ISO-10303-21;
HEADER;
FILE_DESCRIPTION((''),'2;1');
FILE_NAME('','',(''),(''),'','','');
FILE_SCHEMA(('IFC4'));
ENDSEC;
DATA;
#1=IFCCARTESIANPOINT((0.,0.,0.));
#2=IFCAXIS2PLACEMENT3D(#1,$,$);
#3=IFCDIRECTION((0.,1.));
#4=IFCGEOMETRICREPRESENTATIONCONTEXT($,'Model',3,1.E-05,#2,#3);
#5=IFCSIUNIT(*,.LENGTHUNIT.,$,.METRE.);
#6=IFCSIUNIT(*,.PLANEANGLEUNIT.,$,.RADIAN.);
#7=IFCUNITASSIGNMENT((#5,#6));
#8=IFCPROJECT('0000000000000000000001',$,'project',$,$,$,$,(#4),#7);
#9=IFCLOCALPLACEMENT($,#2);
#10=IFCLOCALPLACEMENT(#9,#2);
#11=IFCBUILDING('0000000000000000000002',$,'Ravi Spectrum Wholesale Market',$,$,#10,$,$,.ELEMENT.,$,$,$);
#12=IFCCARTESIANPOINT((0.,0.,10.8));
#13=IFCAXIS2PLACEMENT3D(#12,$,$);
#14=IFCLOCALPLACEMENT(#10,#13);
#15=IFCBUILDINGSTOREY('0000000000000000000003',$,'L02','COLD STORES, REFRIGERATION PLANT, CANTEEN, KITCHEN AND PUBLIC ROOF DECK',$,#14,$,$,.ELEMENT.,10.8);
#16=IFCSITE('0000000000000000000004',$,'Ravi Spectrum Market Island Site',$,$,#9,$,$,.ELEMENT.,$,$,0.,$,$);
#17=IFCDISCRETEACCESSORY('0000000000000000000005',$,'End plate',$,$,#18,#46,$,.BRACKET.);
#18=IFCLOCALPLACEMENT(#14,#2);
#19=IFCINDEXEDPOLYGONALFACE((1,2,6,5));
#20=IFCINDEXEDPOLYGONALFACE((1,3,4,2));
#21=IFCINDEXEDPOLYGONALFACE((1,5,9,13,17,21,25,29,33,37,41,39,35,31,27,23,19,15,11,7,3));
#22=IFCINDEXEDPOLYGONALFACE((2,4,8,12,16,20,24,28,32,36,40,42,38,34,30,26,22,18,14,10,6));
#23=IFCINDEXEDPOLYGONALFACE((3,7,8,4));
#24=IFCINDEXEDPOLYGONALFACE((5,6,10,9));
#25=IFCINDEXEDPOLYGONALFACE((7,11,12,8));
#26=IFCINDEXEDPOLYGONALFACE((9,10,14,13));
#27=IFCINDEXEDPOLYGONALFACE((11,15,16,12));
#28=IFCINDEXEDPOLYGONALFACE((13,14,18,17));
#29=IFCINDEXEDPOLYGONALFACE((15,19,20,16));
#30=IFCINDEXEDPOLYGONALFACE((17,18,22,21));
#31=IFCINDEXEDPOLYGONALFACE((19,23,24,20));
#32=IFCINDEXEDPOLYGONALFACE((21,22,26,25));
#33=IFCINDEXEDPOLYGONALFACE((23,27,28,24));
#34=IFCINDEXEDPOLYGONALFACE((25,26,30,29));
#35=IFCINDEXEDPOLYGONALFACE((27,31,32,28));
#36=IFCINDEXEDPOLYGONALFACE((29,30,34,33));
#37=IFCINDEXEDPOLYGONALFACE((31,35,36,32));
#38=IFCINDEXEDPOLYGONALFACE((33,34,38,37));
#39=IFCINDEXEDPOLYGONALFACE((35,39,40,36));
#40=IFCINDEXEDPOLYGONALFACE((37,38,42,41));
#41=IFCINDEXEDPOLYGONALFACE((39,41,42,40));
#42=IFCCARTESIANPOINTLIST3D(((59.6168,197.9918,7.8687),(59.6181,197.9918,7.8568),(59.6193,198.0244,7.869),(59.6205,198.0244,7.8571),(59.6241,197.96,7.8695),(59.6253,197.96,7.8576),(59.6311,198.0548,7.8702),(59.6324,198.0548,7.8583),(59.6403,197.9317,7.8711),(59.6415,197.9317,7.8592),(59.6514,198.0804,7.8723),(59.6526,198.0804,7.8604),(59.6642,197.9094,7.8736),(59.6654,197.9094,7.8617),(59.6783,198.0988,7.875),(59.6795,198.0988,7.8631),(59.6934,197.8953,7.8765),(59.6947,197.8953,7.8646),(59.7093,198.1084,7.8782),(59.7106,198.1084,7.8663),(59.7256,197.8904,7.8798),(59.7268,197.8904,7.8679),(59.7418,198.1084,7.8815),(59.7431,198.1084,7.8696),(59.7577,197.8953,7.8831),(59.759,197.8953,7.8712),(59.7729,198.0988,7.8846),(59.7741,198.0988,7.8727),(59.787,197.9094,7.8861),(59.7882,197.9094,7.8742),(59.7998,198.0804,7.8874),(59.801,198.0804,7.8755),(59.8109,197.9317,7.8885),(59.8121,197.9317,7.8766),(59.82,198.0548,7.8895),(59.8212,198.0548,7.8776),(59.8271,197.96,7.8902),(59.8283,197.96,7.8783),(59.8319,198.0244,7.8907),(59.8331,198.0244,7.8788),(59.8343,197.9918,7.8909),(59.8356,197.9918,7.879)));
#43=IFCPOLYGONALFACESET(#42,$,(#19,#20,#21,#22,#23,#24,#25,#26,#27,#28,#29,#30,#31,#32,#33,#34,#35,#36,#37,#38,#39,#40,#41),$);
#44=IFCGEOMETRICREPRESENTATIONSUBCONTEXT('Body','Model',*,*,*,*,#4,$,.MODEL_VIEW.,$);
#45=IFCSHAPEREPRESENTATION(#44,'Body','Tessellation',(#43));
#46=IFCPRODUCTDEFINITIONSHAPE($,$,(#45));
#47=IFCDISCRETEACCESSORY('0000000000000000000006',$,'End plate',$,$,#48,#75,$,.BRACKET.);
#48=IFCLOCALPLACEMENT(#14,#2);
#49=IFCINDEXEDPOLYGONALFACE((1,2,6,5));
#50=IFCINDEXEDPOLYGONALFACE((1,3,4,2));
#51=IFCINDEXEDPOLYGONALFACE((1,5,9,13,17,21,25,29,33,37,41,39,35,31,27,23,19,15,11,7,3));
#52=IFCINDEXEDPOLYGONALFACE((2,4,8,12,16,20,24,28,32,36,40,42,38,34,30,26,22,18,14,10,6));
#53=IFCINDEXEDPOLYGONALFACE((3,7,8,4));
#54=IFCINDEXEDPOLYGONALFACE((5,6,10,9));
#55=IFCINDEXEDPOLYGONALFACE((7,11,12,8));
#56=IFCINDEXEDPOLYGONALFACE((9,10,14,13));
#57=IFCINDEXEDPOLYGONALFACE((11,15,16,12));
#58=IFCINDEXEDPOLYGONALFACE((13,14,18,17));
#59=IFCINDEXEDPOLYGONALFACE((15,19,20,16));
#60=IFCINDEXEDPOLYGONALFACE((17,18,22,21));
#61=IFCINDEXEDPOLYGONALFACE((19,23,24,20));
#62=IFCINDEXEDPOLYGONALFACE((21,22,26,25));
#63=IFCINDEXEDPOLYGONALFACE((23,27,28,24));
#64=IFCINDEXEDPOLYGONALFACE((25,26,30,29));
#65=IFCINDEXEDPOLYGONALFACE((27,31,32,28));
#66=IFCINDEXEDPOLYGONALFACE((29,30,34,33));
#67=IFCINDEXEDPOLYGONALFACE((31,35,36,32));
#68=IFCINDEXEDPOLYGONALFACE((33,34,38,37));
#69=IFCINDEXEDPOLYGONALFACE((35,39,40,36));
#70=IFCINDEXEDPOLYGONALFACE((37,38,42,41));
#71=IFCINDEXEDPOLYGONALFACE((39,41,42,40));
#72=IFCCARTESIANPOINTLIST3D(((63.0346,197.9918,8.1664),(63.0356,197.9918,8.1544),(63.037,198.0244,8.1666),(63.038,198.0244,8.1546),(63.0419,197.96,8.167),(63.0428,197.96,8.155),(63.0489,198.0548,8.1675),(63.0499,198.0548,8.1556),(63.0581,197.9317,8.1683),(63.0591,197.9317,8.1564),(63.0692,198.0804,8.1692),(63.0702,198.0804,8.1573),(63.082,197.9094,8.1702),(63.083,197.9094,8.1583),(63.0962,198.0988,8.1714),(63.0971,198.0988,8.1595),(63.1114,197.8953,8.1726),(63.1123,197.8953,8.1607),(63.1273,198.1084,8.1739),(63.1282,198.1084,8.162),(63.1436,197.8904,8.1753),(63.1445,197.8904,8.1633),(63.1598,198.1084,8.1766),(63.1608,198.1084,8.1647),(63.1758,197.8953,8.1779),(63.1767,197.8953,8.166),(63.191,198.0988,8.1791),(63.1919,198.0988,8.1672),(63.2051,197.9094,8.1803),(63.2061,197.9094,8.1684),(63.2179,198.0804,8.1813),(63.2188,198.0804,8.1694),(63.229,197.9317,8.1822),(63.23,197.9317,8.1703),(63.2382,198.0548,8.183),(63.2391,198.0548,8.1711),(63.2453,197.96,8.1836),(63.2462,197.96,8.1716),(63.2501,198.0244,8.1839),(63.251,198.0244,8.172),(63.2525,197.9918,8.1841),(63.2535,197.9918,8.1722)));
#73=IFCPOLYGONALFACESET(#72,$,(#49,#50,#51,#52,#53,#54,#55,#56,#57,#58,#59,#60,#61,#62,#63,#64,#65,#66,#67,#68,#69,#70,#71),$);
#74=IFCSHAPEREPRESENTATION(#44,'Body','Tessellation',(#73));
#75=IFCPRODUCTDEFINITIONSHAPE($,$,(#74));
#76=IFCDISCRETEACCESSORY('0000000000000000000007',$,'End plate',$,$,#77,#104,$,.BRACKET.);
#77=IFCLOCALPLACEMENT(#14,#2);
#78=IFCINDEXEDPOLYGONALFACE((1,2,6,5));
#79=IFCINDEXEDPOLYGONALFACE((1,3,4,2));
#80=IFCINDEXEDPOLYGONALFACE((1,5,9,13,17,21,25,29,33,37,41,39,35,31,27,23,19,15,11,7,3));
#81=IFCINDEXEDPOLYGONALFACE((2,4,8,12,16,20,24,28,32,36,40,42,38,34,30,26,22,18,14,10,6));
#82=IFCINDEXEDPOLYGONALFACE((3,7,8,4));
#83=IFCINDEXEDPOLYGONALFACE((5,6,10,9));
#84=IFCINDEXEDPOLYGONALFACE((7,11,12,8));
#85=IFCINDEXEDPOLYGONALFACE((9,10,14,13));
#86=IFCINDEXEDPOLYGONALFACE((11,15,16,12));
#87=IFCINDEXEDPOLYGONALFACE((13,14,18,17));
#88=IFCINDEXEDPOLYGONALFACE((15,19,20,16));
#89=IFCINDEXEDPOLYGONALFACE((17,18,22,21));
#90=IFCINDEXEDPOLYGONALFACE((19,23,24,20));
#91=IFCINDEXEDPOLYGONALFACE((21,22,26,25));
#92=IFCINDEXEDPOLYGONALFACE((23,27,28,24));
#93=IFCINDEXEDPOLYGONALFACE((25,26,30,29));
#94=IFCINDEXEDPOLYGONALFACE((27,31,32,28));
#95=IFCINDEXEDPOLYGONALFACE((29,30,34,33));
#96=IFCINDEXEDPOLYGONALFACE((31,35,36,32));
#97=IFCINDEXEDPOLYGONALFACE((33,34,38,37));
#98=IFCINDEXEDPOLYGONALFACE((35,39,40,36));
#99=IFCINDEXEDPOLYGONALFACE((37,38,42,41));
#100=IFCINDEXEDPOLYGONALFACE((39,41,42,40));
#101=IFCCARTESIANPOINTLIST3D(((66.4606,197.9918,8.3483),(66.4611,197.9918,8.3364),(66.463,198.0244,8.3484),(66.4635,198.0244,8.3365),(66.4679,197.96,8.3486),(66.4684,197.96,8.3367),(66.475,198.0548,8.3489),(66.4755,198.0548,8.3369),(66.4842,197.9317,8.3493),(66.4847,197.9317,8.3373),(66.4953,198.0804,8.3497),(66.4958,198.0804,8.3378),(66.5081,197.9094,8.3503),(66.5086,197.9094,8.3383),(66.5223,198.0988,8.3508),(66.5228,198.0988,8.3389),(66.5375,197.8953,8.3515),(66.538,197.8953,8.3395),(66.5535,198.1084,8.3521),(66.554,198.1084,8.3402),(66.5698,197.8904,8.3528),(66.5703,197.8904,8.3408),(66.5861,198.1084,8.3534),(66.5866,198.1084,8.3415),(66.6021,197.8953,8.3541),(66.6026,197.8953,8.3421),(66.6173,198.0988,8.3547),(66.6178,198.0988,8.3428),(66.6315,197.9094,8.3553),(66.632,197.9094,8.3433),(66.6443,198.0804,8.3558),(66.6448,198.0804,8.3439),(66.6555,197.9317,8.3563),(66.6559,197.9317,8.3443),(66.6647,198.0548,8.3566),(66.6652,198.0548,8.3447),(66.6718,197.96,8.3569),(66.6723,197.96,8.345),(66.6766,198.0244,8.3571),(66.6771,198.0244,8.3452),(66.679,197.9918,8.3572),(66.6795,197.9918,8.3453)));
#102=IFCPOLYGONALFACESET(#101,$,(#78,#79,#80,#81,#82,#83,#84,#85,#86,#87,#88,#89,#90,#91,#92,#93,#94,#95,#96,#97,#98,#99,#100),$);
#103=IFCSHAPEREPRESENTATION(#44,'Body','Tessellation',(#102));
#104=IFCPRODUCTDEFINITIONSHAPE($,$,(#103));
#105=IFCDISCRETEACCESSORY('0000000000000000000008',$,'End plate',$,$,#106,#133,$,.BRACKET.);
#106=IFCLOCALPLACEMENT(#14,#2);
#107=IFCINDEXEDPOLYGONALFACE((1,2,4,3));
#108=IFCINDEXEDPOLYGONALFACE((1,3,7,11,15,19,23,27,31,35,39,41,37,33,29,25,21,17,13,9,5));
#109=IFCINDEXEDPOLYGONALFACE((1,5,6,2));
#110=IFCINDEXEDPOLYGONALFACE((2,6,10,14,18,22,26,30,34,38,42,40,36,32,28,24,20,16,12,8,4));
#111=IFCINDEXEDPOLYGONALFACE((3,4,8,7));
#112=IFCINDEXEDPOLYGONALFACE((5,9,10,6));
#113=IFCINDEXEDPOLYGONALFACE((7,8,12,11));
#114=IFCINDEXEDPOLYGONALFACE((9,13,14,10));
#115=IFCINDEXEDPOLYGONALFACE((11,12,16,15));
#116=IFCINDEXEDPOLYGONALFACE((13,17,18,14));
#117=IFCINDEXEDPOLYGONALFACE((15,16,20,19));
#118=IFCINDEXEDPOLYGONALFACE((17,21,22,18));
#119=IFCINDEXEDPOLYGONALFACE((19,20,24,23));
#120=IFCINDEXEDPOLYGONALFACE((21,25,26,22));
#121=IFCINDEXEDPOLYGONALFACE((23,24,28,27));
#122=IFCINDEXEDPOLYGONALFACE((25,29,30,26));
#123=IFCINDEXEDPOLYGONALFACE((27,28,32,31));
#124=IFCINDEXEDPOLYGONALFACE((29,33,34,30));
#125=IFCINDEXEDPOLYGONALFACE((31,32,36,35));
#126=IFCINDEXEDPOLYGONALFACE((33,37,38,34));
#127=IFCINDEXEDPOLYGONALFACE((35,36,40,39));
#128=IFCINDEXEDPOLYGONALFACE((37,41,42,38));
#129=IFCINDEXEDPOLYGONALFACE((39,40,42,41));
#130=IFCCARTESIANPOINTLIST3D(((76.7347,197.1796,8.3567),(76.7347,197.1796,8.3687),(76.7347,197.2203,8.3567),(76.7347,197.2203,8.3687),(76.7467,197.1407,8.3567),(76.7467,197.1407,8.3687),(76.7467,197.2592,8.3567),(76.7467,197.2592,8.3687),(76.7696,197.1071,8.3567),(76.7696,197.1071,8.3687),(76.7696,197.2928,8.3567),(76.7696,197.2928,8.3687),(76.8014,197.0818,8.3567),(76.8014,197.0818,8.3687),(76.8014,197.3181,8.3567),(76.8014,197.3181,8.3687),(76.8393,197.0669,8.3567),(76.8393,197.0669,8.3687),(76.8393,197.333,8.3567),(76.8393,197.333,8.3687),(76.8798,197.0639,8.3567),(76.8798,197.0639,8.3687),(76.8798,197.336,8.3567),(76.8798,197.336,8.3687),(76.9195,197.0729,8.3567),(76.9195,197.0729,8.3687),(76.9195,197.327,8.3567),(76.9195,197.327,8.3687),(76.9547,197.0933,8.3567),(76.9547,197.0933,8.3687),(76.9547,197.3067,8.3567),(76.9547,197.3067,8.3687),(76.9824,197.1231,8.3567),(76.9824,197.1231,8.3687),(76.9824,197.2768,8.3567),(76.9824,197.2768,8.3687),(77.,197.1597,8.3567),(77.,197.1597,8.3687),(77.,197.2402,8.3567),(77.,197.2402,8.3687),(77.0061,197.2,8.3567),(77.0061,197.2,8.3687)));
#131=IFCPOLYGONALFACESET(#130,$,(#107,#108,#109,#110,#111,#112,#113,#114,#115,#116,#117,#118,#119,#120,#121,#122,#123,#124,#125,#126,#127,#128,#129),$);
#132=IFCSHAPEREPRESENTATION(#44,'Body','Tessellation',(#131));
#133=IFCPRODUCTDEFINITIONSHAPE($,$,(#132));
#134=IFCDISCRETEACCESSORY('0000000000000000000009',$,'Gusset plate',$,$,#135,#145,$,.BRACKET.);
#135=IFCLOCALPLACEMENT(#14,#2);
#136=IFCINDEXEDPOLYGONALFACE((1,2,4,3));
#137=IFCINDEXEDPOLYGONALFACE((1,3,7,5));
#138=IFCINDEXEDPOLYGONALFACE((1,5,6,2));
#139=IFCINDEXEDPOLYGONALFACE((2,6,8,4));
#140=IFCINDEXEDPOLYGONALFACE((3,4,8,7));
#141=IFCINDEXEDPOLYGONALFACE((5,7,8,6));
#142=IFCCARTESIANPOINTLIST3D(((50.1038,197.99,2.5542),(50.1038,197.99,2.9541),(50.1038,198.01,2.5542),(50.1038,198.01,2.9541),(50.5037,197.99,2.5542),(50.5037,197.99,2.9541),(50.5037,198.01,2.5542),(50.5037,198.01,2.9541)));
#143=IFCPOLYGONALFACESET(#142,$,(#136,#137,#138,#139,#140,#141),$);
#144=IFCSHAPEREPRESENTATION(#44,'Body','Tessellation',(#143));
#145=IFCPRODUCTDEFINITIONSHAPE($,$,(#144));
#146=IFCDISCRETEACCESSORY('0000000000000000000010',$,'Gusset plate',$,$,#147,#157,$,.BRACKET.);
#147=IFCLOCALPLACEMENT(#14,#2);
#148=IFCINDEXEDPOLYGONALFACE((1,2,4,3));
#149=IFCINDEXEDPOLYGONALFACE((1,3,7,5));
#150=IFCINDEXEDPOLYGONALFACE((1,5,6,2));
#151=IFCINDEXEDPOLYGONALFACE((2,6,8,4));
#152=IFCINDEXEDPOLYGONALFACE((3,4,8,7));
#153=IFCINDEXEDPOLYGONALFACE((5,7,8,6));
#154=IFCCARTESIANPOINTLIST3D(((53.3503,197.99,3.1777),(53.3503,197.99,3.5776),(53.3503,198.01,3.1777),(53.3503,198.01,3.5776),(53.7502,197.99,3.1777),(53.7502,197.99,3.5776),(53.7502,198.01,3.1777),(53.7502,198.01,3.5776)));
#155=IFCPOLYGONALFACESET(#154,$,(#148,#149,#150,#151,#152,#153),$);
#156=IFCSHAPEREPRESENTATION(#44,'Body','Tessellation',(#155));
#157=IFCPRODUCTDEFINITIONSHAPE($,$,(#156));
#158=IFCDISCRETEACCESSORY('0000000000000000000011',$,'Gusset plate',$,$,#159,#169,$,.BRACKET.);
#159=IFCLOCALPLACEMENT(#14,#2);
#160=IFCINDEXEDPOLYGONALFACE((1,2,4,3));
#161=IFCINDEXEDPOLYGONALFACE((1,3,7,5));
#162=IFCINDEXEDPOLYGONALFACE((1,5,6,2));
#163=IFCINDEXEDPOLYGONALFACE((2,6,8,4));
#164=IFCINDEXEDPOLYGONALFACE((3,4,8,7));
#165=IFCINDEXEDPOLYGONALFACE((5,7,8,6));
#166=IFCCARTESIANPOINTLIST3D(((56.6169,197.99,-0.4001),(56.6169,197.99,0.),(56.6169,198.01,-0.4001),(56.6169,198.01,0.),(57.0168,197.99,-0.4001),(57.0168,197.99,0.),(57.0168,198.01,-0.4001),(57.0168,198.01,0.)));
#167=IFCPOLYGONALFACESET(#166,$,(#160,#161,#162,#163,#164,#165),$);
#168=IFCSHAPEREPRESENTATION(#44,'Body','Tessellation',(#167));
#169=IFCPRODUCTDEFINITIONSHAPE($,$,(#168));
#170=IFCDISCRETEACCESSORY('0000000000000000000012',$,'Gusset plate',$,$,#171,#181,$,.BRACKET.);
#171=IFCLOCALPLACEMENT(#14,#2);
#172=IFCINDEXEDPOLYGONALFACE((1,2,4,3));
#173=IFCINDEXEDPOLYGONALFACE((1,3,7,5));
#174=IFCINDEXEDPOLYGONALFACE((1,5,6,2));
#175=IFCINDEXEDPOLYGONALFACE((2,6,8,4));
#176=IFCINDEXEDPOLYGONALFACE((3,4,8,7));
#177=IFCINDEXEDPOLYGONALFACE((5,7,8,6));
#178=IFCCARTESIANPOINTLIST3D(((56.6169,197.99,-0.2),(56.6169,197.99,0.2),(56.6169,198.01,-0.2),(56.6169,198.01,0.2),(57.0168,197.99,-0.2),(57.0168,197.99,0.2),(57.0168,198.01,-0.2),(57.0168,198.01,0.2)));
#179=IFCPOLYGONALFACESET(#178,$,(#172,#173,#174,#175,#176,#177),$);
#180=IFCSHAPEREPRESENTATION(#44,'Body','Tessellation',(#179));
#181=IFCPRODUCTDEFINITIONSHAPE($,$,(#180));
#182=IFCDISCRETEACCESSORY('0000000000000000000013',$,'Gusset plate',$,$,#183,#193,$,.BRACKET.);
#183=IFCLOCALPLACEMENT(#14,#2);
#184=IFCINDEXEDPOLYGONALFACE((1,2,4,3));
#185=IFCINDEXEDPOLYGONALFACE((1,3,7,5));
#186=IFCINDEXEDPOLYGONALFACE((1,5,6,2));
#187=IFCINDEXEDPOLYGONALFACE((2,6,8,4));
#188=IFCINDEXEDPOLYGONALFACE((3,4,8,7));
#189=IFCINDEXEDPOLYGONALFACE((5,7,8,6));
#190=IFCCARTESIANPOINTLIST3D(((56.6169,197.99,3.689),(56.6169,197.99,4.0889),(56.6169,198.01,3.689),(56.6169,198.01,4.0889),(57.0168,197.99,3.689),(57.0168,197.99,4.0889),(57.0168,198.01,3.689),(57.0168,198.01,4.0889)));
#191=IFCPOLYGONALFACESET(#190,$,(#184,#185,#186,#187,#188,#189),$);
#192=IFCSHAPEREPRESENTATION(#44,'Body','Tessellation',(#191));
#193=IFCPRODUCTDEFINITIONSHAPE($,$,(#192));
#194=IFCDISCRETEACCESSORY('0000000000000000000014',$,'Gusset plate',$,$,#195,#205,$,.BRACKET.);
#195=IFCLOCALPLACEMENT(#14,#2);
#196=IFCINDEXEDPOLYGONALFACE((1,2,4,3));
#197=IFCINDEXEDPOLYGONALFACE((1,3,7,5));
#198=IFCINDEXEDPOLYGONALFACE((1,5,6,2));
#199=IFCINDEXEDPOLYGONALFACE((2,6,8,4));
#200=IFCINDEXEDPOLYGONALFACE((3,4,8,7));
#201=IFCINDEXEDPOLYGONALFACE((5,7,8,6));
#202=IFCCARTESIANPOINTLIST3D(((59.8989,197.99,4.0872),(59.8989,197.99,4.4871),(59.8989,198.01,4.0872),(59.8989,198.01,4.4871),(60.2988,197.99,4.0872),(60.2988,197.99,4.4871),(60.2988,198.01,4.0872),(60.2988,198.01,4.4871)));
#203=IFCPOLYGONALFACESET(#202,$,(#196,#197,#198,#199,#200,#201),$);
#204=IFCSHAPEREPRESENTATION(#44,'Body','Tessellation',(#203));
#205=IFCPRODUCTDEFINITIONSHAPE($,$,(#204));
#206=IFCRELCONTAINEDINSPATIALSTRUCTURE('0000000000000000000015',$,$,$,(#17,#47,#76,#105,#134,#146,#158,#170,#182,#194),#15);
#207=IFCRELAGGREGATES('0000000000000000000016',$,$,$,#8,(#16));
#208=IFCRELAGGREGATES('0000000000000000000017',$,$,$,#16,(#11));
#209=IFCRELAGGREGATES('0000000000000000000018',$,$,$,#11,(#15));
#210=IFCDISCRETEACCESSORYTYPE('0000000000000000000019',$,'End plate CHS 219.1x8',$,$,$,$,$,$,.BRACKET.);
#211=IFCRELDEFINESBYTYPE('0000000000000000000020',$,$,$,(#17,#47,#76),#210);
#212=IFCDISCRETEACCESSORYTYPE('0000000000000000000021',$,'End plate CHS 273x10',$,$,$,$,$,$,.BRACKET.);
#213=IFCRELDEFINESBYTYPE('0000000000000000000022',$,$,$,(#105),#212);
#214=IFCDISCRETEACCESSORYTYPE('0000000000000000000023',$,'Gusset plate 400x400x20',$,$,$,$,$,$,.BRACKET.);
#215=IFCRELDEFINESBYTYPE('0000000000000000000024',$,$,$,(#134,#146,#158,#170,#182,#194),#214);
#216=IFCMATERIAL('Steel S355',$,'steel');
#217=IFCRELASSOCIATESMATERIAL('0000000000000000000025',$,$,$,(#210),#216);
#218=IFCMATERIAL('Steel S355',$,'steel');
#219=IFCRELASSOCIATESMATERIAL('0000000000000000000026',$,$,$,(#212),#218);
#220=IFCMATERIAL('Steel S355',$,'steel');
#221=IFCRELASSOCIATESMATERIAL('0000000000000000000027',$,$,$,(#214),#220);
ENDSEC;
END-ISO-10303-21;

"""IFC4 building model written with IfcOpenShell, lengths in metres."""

from ifc_helpers import new_model, si_unit, direction, frame, origin, origin_2d, place, context, subcontext, project, spatial, rectangle, circle, extrude, material, material_profile, profile_set, type_object, element, save


model = new_model("IFC4")

# Units and contexts
model_context = context("Model", 3, precision=1e-05, world=origin(), true_north=direction((0.0, 1.0)))
body_context = subcontext(model_context, "Body", "Model", "MODEL_VIEW")
ifc_project = project(units=[si_unit("LENGTHUNIT", "METRE"), si_unit("PLANEANGLEUNIT", "RADIAN")], contexts=[model_context])

# Site, building, storey
site_placement = place(None, origin())
site = spatial("IfcSite", under=ifc_project, at=site_placement, Name="Ravi Spectrum Market Island Site", CompositionType="ELEMENT", RefElevation=0.0)
building_placement = place(site_placement, origin())
building = spatial("IfcBuilding", under=site, at=building_placement, Name="Ravi Spectrum Wholesale Market", CompositionType="ELEMENT")
storey_placement = place(building_placement, frame((0.0, 0.0, 10.8)))
storey = spatial("IfcBuildingStorey", under=building, at=storey_placement, Name="L02", Description="COLD STORES, REFRIGERATION PLANT, CANTEEN, KITCHEN AND PUBLIC ROOF DECK", CompositionType="ELEMENT", Elevation=10.8)

# Discrete accessories
ifc_material_1 = material(Name="Steel S355", Category="steel")
ifc_material_profile_1 = material_profile(ifc_material_1, circle(Radius=0.1096, at=origin_2d()))
ifc_profile_set_1 = profile_set([ifc_material_profile_1], Name="Steel S355")
discrete_accessory_type_1 = type_object("IfcDiscreteAccessoryType", Name="End plate CHS 219.1x8", PredefinedType="BRACKET", material=ifc_profile_set_1)
for number, where, z_axis, x_axis, name in (
    (1, (59.7268, 198.0, 7.8679), (-0.101514, 0.0, 0.994834), (0.0, -1.0, 0.0), "End plate"),
    (2, (63.1445, 198.0, 8.1633), (-0.081362, 0.0, 0.996685), (0.0, -1.0, 0.0), "End plate"),
    (3, (66.5703, 198.0, 8.3408), (-0.040782, 0.0, 0.999168), (0.0, -1.0, 0.0), "End plate"),
):
    element("IfcDiscreteAccessory", number, at=place(storey_placement, frame(where, z_axis=z_axis, x_axis=x_axis)), inside=storey, type_object=discrete_accessory_type_1, Name=name, PredefinedType="BRACKET", context=body_context, shape_type="SweptSolid", body=[
        extrude(circle(Radius=0.1096, at=origin_2d()), origin(), (0.0, 0.0, 1.0), 0.012),
    ])
ifc_material_2 = material(Name="Steel S355", Category="steel")
ifc_material_profile_2 = material_profile(ifc_material_2, circle(Radius=0.1365, at=origin_2d()))
ifc_profile_set_2 = profile_set([ifc_material_profile_2], Name="Steel S355")
discrete_accessory_type_2 = type_object("IfcDiscreteAccessoryType", Name="End plate CHS 273x10", PredefinedType="BRACKET", material=ifc_profile_set_2)
discrete_accessory_1_placement = place(storey_placement, frame((76.8696, 197.2, 8.3567), z_axis=(0.0, 0.0, 1.0), x_axis=(1.0, 0.0, 0.0)))
element("IfcDiscreteAccessory", 4, at=discrete_accessory_1_placement, inside=storey, type_object=discrete_accessory_type_2, Name="End plate", PredefinedType="BRACKET", context=body_context, shape_type="SweptSolid", body=[
    extrude(circle(Radius=0.1365, at=origin_2d()), origin(), (0.0, 0.0, 1.0), 0.012),
])
ifc_material_3 = material(Name="Steel S355", Category="steel")
ifc_material_profile_3 = material_profile(ifc_material_3, rectangle(XDim=0.3999, YDim=0.02, at=origin_2d()))
ifc_profile_set_3 = profile_set([ifc_material_profile_3], Name="Steel S355")
discrete_accessory_type_3 = type_object("IfcDiscreteAccessoryType", Name="Gusset plate 400x400x20", PredefinedType="BRACKET", material=ifc_profile_set_3)
for number, where, z_axis, x_axis, name in (
    (5, (50.3037, 198.0, 2.5542), (0.0, 0.0, 1.0), (1.0, 0.0, 0.0), "Gusset plate"),
    (6, (53.5503, 198.0, 3.1777), (0.0, 0.0, 1.0), (1.0, 0.0, 0.0), "Gusset plate"),
):
    element("IfcDiscreteAccessory", number, at=place(storey_placement, frame(where, z_axis=z_axis, x_axis=x_axis)), inside=storey, type_object=discrete_accessory_type_3, Name=name, PredefinedType="BRACKET", context=body_context, shape_type="SweptSolid", body=[
        extrude(rectangle(XDim=0.3999, YDim=0.02, at=origin_2d()), origin(), (0.0, 0.0, 1.0), 0.3999),
    ])
discrete_accessory_2_placement = place(storey_placement, frame((56.8169, 198.0, -0.4001), z_axis=(0.0, 0.0, 1.0), x_axis=(1.0, 0.0, 0.0)))
element("IfcDiscreteAccessory", 7, at=discrete_accessory_2_placement, inside=storey, type_object=discrete_accessory_type_3, Name="Gusset plate", PredefinedType="BRACKET", context=body_context, shape_type="SweptSolid", body=[
    extrude(rectangle(XDim=0.3999, YDim=0.02, at=origin_2d()), origin(), (0.0, 0.0, 1.0), 0.4001),
])
for number, where, z_axis, x_axis, name in (
    (8, (56.8169, 198.0, -0.2), (0.0, 0.0, 1.0), (1.0, 0.0, 0.0), "Gusset plate"),
    (9, (56.8169, 198.0, 3.689), (0.0, 0.0, 1.0), (1.0, 0.0, 0.0), "Gusset plate"),
    (10, (60.0989, 198.0, 4.0872), (0.0, 0.0, 1.0), (1.0, 0.0, 0.0), "Gusset plate"),
):
    element("IfcDiscreteAccessory", number, at=place(storey_placement, frame(where, z_axis=z_axis, x_axis=x_axis)), inside=storey, type_object=discrete_accessory_type_3, Name=name, PredefinedType="BRACKET", context=body_context, shape_type="SweptSolid", body=[
        extrude(rectangle(XDim=0.3999, YDim=0.02, at=origin_2d()), origin(), (0.0, 0.0, 1.0), 0.3999),
    ])

save(model, "model.ifc")
